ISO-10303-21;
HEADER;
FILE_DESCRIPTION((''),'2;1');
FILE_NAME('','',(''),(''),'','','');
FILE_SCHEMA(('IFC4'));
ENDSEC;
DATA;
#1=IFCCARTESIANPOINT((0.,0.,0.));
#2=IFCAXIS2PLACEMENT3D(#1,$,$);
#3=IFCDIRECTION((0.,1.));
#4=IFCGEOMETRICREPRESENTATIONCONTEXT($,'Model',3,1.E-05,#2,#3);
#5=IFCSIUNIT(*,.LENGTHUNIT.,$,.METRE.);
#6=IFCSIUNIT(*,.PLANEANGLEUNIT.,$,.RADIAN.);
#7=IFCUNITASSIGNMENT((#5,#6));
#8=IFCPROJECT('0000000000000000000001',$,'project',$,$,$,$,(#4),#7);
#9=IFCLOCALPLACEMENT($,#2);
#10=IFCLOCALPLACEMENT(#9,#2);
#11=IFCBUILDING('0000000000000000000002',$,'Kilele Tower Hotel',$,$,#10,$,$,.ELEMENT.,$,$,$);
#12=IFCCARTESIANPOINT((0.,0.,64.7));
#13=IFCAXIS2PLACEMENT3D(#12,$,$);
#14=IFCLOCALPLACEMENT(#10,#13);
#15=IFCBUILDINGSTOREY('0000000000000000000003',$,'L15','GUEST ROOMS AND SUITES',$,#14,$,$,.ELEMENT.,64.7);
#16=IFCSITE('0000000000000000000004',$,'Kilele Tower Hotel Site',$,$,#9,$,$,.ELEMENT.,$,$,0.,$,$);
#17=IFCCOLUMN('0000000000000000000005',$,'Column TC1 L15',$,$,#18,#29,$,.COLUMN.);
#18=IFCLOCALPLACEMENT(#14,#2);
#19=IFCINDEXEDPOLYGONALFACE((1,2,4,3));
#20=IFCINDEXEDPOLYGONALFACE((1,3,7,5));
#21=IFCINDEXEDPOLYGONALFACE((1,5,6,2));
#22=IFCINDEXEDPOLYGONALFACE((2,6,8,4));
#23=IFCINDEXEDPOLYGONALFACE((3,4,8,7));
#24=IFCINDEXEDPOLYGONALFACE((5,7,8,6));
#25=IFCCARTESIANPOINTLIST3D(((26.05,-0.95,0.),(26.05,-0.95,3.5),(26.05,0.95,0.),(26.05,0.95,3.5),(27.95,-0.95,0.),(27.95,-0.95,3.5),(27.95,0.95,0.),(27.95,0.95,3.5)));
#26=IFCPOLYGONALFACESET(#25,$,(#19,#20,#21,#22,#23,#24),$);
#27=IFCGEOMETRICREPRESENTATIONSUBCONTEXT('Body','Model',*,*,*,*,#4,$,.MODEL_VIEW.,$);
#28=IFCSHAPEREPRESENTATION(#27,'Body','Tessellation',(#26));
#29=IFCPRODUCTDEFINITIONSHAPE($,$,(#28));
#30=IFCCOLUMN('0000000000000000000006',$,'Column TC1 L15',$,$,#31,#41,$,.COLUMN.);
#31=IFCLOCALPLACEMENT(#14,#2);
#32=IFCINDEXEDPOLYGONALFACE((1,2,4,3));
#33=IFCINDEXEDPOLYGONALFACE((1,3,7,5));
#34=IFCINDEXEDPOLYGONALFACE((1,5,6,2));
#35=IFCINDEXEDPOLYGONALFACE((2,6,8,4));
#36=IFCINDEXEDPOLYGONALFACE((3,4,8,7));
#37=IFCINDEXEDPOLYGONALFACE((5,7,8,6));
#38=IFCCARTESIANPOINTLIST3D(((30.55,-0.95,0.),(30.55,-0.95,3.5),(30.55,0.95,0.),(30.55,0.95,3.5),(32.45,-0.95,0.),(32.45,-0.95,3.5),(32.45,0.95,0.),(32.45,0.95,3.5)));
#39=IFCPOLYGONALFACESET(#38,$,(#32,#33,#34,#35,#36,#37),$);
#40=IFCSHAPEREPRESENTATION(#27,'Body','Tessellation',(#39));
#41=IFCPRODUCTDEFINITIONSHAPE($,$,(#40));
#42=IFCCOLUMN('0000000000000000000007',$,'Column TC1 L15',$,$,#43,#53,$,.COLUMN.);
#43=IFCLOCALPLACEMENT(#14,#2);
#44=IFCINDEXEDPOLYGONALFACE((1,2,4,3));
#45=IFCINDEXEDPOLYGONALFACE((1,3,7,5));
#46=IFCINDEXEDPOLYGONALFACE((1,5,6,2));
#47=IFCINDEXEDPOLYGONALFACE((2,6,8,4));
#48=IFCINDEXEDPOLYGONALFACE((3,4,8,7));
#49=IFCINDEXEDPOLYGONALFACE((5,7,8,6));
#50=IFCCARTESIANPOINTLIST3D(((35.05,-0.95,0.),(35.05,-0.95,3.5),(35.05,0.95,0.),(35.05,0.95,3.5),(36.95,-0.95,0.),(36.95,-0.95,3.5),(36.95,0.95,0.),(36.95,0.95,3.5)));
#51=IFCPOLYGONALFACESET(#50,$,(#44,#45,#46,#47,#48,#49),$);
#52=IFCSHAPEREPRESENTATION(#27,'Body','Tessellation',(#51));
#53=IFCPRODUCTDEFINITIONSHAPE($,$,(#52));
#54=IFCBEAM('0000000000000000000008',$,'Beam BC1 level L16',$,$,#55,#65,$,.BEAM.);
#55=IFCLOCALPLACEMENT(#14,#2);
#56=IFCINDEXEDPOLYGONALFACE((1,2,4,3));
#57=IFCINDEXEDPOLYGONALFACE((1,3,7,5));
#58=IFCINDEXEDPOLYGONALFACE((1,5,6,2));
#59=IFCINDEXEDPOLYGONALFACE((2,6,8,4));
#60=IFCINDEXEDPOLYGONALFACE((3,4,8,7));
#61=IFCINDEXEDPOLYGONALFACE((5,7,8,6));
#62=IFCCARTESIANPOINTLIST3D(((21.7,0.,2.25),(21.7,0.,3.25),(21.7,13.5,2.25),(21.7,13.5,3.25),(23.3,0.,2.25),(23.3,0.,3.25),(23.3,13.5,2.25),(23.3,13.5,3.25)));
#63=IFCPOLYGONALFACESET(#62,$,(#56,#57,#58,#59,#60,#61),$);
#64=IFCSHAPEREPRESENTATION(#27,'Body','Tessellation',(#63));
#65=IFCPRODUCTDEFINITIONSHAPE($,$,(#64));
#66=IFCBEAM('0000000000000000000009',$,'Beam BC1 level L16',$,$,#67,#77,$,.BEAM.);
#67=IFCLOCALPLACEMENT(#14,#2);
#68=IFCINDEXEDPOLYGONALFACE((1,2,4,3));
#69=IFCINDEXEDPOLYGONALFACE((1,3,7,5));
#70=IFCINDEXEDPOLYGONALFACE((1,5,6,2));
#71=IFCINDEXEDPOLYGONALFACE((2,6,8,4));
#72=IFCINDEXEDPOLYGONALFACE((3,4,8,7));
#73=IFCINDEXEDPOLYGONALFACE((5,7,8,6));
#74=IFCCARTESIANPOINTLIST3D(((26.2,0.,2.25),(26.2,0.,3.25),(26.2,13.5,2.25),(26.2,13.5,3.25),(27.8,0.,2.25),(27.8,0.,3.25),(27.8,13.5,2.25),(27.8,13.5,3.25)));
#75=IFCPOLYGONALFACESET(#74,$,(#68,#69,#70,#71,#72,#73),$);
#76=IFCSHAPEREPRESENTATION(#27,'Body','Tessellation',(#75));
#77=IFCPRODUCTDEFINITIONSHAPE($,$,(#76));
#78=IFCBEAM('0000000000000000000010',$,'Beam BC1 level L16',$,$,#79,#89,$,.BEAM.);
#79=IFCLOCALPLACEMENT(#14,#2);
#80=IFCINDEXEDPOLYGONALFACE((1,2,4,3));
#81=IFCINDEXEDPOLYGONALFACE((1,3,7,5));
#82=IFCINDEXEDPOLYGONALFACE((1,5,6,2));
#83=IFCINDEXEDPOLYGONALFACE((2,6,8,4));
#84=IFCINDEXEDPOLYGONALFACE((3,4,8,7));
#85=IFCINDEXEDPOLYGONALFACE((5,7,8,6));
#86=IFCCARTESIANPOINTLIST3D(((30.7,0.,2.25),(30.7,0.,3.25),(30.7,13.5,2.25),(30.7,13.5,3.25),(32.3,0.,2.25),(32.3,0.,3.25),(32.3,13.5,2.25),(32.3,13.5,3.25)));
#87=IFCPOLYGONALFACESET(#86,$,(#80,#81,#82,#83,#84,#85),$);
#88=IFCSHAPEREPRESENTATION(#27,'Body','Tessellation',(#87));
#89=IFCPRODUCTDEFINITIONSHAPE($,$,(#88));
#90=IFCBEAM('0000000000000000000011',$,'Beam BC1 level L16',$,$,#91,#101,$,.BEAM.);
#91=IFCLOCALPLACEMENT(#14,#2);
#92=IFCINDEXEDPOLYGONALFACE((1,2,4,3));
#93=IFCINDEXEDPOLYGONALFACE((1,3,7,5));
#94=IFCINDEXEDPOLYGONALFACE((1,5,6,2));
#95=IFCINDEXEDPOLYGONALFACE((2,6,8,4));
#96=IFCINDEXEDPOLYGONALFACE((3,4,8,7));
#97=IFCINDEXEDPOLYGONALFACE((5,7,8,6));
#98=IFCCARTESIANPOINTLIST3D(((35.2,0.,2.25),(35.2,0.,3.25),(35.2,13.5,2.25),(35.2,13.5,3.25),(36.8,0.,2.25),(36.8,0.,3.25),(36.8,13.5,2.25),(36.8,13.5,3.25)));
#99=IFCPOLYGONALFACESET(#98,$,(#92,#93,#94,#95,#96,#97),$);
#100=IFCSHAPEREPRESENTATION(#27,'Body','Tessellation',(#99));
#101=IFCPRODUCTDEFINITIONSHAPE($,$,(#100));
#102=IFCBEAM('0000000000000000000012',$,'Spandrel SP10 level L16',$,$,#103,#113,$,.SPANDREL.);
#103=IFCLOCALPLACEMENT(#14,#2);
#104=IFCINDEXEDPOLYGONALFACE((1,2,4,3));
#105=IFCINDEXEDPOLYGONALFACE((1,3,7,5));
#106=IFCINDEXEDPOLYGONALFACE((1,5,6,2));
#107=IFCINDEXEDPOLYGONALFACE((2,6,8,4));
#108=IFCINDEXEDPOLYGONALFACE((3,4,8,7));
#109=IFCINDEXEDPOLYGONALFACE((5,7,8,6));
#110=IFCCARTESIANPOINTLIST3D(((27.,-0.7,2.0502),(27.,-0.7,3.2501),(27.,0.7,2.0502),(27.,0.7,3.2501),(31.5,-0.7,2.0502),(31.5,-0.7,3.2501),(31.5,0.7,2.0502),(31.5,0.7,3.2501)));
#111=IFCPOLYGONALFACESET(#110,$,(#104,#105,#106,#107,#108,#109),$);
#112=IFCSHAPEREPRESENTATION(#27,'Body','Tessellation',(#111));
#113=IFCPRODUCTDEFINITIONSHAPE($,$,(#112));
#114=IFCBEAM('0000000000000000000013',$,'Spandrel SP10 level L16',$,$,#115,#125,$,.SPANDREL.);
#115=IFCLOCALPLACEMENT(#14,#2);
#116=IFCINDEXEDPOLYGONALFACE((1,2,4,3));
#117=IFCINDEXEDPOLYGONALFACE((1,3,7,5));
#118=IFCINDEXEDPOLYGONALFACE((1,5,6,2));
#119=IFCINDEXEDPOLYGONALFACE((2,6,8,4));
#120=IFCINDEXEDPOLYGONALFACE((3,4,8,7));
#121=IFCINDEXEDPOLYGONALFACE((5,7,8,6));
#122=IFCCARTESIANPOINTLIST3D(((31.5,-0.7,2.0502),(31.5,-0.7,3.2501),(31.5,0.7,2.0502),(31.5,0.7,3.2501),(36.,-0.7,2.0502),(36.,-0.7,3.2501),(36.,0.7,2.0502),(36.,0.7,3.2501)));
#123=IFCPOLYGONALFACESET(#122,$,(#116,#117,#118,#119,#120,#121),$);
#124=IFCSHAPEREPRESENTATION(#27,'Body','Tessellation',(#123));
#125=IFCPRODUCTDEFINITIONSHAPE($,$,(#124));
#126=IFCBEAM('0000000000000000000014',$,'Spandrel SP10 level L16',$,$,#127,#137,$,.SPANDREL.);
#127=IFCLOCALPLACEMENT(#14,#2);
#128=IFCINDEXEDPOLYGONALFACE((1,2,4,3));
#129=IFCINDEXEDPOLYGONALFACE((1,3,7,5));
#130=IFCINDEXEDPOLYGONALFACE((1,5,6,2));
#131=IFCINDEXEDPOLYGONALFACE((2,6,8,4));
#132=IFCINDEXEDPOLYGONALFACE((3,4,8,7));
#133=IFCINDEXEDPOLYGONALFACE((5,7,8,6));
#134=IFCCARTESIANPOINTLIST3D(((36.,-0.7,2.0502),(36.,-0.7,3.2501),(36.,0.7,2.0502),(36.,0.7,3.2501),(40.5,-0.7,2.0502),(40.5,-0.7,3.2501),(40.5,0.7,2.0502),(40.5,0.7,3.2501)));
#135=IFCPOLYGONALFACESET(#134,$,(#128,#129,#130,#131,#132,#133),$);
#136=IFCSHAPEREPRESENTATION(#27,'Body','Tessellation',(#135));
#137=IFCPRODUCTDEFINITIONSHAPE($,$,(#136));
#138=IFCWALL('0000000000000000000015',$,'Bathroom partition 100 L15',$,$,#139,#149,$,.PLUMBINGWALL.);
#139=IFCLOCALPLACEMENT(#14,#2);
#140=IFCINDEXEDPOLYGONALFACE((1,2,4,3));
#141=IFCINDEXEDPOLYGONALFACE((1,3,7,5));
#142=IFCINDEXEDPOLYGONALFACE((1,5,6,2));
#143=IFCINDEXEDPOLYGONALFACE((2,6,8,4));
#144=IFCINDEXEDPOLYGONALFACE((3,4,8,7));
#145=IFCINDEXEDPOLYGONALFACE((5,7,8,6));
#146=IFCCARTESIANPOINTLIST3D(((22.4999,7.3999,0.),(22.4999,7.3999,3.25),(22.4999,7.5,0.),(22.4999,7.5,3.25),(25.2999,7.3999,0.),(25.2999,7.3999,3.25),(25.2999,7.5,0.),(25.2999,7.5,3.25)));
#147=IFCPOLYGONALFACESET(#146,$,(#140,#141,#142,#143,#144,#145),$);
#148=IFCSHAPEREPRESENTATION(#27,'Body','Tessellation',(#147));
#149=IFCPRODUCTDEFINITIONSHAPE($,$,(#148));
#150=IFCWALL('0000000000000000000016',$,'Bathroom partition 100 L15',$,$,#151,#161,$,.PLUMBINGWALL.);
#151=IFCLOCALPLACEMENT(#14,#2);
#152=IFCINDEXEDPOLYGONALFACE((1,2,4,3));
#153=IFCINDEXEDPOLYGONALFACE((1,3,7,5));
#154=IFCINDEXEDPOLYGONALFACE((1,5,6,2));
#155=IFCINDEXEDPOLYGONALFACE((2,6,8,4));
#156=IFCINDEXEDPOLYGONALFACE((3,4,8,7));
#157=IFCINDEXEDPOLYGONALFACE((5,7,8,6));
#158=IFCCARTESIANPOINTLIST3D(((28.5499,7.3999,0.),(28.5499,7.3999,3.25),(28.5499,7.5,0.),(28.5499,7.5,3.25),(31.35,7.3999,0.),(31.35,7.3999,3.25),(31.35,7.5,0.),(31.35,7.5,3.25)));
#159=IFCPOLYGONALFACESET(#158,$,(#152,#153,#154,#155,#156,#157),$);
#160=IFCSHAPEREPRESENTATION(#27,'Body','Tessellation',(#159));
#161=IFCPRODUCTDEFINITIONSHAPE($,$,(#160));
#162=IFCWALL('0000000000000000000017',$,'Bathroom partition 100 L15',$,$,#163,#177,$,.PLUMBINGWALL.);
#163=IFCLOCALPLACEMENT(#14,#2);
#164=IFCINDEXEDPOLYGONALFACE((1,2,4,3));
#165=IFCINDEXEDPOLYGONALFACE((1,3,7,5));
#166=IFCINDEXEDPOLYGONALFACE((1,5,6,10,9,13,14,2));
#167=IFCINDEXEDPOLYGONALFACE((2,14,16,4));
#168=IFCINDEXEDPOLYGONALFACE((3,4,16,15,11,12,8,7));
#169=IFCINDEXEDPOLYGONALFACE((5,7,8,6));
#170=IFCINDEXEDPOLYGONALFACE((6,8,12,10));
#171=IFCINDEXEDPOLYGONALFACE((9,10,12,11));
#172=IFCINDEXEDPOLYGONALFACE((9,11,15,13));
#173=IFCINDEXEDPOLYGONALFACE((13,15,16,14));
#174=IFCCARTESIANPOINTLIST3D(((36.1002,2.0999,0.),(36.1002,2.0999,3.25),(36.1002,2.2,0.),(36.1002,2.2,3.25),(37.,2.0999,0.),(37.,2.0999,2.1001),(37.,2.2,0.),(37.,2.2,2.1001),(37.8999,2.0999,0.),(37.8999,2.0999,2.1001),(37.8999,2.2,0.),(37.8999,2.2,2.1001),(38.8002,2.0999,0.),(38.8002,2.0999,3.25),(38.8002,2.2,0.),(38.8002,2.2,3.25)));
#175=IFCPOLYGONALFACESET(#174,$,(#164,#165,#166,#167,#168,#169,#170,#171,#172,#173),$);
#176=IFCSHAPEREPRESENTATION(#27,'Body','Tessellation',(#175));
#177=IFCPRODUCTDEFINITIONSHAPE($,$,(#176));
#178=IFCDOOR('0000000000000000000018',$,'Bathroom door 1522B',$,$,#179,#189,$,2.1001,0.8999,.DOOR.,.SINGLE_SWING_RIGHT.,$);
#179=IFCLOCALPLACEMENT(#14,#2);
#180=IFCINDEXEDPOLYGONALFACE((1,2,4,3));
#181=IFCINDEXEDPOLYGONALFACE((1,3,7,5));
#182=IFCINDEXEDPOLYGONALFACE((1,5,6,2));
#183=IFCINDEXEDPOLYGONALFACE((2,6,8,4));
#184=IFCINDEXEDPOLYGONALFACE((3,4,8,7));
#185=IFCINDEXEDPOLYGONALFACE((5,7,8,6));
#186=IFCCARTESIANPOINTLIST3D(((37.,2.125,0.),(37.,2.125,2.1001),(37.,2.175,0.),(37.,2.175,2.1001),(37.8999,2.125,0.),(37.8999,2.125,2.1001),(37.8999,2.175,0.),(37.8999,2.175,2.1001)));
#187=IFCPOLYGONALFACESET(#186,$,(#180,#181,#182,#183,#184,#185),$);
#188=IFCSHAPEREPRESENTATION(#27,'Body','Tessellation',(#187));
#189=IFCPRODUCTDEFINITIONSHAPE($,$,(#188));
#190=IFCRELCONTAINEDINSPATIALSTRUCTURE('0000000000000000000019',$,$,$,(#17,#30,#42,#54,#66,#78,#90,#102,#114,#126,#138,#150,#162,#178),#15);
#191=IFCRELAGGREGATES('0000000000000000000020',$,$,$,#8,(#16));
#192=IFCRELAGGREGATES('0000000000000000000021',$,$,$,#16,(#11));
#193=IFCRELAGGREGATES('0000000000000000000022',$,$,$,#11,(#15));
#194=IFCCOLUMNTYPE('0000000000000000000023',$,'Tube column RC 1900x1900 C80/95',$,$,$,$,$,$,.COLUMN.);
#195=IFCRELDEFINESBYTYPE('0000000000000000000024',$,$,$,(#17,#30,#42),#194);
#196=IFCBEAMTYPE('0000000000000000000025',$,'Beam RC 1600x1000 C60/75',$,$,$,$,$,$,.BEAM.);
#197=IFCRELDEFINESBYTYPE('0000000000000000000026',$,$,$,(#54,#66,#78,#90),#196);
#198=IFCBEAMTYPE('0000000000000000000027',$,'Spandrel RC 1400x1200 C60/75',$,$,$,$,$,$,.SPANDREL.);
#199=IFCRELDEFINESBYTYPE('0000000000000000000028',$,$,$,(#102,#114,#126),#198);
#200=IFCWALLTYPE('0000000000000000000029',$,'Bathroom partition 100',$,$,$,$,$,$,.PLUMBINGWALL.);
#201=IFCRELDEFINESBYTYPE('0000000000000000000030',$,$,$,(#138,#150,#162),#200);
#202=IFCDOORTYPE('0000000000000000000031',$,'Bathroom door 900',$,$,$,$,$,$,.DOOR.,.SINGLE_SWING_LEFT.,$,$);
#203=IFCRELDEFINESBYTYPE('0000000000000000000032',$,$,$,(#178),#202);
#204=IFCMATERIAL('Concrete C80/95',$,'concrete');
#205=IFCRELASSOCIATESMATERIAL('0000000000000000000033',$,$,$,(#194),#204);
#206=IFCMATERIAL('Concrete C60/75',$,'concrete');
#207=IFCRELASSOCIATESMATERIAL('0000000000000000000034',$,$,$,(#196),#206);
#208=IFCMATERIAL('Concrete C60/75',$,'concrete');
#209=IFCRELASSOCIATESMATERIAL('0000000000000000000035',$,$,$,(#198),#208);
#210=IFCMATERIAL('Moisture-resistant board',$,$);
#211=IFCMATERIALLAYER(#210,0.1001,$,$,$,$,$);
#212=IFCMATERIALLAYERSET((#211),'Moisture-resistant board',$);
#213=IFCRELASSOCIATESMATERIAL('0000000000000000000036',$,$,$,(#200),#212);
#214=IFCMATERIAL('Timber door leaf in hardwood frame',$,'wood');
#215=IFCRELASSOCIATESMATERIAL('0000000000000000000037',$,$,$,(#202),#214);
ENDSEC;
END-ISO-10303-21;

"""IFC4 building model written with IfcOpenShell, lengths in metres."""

from ifc_helpers import new_model, si_unit, direction, frame, frame_2d, origin, origin_2d, place, context, subcontext, project, spatial, rectangle, extrude, material, layer, layer_set, material_profile, profile_set, type_object, element, fill, save


model = new_model("IFC4")

# Units and contexts
model_context = context("Model", 3, precision=1e-05, world=origin(), true_north=direction((0.0, 1.0)))
body_context = subcontext(model_context, "Body", "Model", "MODEL_VIEW")
ifc_project = project(units=[si_unit("LENGTHUNIT", "METRE"), si_unit("PLANEANGLEUNIT", "RADIAN")], contexts=[model_context])

# Site, building, storey
site_placement = place(None, origin())
site = spatial("IfcSite", under=ifc_project, at=site_placement, Name="Kilele Tower Hotel Site", CompositionType="ELEMENT", RefElevation=0.0)
building_placement = place(site_placement, origin())
building = spatial("IfcBuilding", under=site, at=building_placement, Name="Kilele Tower Hotel", CompositionType="ELEMENT")
storey_placement = place(building_placement, frame((0.0, 0.0, 64.7)))
storey = spatial("IfcBuildingStorey", under=building, at=storey_placement, Name="L15", Description="GUEST ROOMS AND SUITES", CompositionType="ELEMENT", Elevation=64.7)

# Columns
ifc_material_1 = material(Name="Concrete C80/95", Category="concrete")
ifc_material_profile_1 = material_profile(ifc_material_1, rectangle(XDim=1.8999, YDim=1.8999, at=origin_2d()))
ifc_profile_set_1 = profile_set([ifc_material_profile_1], Name="Concrete C80/95")
column_type = type_object("IfcColumnType", Name="Tube column RC 1900x1900 C80/95", PredefinedType="COLUMN", material=ifc_profile_set_1)
for number, where, z_axis, x_axis, name in (
    (1, (27.0, 0.0, 0.0), (0.0, 0.0, 1.0), (1.0, 0.0, 0.0), "Column TC1 L15"),
    (2, (31.5, 0.0, 0.0), (0.0, 0.0, 1.0), (1.0, 0.0, 0.0), "Column TC1 L15"),
    (3, (36.0, 0.0, 0.0), (0.0, 0.0, 1.0), (1.0, 0.0, 0.0), "Column TC1 L15"),
):
    element("IfcColumn", number, at=place(storey_placement, frame(where, z_axis=z_axis, x_axis=x_axis)), inside=storey, type_object=column_type, Name=name, PredefinedType="COLUMN", context=body_context, shape_type="SweptSolid", body=[
        extrude(rectangle(XDim=1.8999, YDim=1.8999, at=origin_2d()), origin(), (0.0, 0.0, 1.0), 3.5),
    ])

# Beams
ifc_material_2 = material(Name="Concrete C60/75", Category="concrete")
ifc_material_profile_2 = material_profile(ifc_material_2, rectangle(XDim=1.6001, YDim=1.0, at=origin_2d()))
ifc_profile_set_2 = profile_set([ifc_material_profile_2], Name="Concrete C60/75")
beam_type_1 = type_object("IfcBeamType", Name="Beam RC 1600x1000 C60/75", PredefinedType="BEAM", material=ifc_profile_set_2)
for number, where, z_axis, x_axis, name in (
    (4, (22.5, 0.0, 2.75), (0.0, 1.0, 0.0), (-1.0, 0.0, 0.0), "Beam BC1 level L16"),
    (5, (27.0, 0.0, 2.75), (0.0, 1.0, 0.0), (-1.0, 0.0, 0.0), "Beam BC1 level L16"),
    (6, (31.5, 0.0, 2.75), (0.0, 1.0, 0.0), (-1.0, 0.0, 0.0), "Beam BC1 level L16"),
    (7, (36.0, 0.0, 2.75), (0.0, 1.0, 0.0), (-1.0, 0.0, 0.0), "Beam BC1 level L16"),
):
    element("IfcBeam", number, at=place(storey_placement, frame(where, z_axis=z_axis, x_axis=x_axis)), inside=storey, type_object=beam_type_1, Name=name, PredefinedType="BEAM", context=body_context, shape_type="SweptSolid", body=[
        extrude(rectangle(XDim=1.6001, YDim=1.0, at=origin_2d()), origin(), (0.0, 0.0, 1.0), 13.5),
    ])
ifc_material_3 = material(Name="Concrete C60/75", Category="concrete")
ifc_material_profile_3 = material_profile(ifc_material_3, rectangle(XDim=1.3999, YDim=1.2, at=origin_2d()))
ifc_profile_set_3 = profile_set([ifc_material_profile_3], Name="Concrete C60/75")
beam_type_2 = type_object("IfcBeamType", Name="Spandrel RC 1400x1200 C60/75", PredefinedType="SPANDREL", material=ifc_profile_set_3)
for number, where, z_axis, x_axis, name in (
    (8, (27.0, 0.0, 2.6501), (1.0, 0.0, 0.0), (0.0, 1.0, 0.0), "Spandrel SP10 level L16"),
    (9, (31.5, 0.0, 2.6501), (1.0, 0.0, 0.0), (0.0, 1.0, 0.0), "Spandrel SP10 level L16"),
    (10, (36.0, 0.0, 2.6501), (1.0, 0.0, 0.0), (0.0, 1.0, 0.0), "Spandrel SP10 level L16"),
):
    element("IfcBeam", number, at=place(storey_placement, frame(where, z_axis=z_axis, x_axis=x_axis)), inside=storey, type_object=beam_type_2, Name=name, PredefinedType="SPANDREL", context=body_context, shape_type="SweptSolid", body=[
        extrude(rectangle(XDim=1.3999, YDim=1.2, at=origin_2d()), origin(), (0.0, 0.0, 1.0), 4.5),
    ])

# Walls
ifc_material_4 = material(Name="Moisture-resistant board")
ifc_layer_1 = layer(ifc_material_4, 0.1001)
ifc_layer_set_1 = layer_set([ifc_layer_1], Name="Moisture-resistant board")
wall_type_1 = type_object("IfcWallType", Name="Bathroom partition 100", PredefinedType="PLUMBINGWALL", material=ifc_layer_set_1)
for number, where, z_axis, x_axis, name in (
    (11, (22.5, 7.45, 0.0), (0.0, 0.0, 1.0), (1.0, 0.0, 0.0), "Bathroom partition 100 L15"),
    (12, (28.55, 7.45, 0.0), (0.0, 0.0, 1.0), (1.0, 0.0, 0.0), "Bathroom partition 100 L15"),
):
    element("IfcWall", number, at=place(storey_placement, frame(where, z_axis=z_axis, x_axis=x_axis)), inside=storey, type_object=wall_type_1, Name=name, PredefinedType="PLUMBINGWALL", context=body_context, shape_type="SweptSolid", body=[
        extrude(rectangle(XDim=2.8, YDim=0.1001, at=frame_2d((1.3999, 0.0))), origin(), (0.0, 0.0, 1.0), 3.25),
    ])

# Wall, opening, door
wall_1_placement = place(storey_placement, frame((36.1001, 2.1499, 0.0), z_axis=(0.0, 0.0, 1.0), x_axis=(1.0, 0.0, 0.0)))
wall_1 = element("IfcWall", 13, at=wall_1_placement, inside=storey, type_object=wall_type_1, Name="Bathroom partition 100 L15", PredefinedType="PLUMBINGWALL", context=body_context, shape_type="SweptSolid", body=[
    extrude(rectangle(XDim=2.7, YDim=0.1001, at=frame_2d((1.3501, 0.0))), origin(), (0.0, 0.0, 1.0), 3.25),
])
opening_1_placement = place(wall_1_placement, frame((1.7998, 0.0, 0.0), z_axis=(0.0, 0.0, 1.0), x_axis=(-1.0, 0.0, 0.0)))
opening_1 = element("IfcOpeningElement", 14, at=opening_1_placement, cuts=wall_1, PredefinedType="OPENING", context=body_context, shape_type="SweptSolid", body=[
    extrude(rectangle(XDim=0.8999, YDim=2.1001, at=frame_2d((0.45, 1.05))), frame((0.0, 0.0601, 0.0), z_axis=(0.0, -1.0, 0.0), x_axis=(1.0, 0.0, 0.0)), (0.0, 0.0, 1.0), 0.1201),
])
ifc_material_5 = material(Name="Timber door leaf in hardwood frame", Category="wood")
door_type_1 = type_object("IfcDoorType", Name="Bathroom door 900", OperationType="SINGLE_SWING_LEFT", PredefinedType="DOOR", material=ifc_material_5)
door_1_placement = place(opening_1_placement, origin())
door_1 = element("IfcDoor", 15, at=door_1_placement, inside=storey, type_object=door_type_1, Name="Bathroom door 1522B", OperationType="SINGLE_SWING_RIGHT", OverallHeight=2.1001, OverallWidth=0.8999, PredefinedType="DOOR", context=body_context, shape_type="SweptSolid", body=[
    extrude(rectangle(XDim=0.8999, YDim=2.1001, at=frame_2d((0.45, 1.05))), frame((0.0, 0.0249, 0.0), z_axis=(0.0, -1.0, 0.0), x_axis=(1.0, 0.0, 0.0)), (0.0, 0.0, 1.0), 0.05),
])
fill(opening_1, door_1)

save(model, "model.ifc")
